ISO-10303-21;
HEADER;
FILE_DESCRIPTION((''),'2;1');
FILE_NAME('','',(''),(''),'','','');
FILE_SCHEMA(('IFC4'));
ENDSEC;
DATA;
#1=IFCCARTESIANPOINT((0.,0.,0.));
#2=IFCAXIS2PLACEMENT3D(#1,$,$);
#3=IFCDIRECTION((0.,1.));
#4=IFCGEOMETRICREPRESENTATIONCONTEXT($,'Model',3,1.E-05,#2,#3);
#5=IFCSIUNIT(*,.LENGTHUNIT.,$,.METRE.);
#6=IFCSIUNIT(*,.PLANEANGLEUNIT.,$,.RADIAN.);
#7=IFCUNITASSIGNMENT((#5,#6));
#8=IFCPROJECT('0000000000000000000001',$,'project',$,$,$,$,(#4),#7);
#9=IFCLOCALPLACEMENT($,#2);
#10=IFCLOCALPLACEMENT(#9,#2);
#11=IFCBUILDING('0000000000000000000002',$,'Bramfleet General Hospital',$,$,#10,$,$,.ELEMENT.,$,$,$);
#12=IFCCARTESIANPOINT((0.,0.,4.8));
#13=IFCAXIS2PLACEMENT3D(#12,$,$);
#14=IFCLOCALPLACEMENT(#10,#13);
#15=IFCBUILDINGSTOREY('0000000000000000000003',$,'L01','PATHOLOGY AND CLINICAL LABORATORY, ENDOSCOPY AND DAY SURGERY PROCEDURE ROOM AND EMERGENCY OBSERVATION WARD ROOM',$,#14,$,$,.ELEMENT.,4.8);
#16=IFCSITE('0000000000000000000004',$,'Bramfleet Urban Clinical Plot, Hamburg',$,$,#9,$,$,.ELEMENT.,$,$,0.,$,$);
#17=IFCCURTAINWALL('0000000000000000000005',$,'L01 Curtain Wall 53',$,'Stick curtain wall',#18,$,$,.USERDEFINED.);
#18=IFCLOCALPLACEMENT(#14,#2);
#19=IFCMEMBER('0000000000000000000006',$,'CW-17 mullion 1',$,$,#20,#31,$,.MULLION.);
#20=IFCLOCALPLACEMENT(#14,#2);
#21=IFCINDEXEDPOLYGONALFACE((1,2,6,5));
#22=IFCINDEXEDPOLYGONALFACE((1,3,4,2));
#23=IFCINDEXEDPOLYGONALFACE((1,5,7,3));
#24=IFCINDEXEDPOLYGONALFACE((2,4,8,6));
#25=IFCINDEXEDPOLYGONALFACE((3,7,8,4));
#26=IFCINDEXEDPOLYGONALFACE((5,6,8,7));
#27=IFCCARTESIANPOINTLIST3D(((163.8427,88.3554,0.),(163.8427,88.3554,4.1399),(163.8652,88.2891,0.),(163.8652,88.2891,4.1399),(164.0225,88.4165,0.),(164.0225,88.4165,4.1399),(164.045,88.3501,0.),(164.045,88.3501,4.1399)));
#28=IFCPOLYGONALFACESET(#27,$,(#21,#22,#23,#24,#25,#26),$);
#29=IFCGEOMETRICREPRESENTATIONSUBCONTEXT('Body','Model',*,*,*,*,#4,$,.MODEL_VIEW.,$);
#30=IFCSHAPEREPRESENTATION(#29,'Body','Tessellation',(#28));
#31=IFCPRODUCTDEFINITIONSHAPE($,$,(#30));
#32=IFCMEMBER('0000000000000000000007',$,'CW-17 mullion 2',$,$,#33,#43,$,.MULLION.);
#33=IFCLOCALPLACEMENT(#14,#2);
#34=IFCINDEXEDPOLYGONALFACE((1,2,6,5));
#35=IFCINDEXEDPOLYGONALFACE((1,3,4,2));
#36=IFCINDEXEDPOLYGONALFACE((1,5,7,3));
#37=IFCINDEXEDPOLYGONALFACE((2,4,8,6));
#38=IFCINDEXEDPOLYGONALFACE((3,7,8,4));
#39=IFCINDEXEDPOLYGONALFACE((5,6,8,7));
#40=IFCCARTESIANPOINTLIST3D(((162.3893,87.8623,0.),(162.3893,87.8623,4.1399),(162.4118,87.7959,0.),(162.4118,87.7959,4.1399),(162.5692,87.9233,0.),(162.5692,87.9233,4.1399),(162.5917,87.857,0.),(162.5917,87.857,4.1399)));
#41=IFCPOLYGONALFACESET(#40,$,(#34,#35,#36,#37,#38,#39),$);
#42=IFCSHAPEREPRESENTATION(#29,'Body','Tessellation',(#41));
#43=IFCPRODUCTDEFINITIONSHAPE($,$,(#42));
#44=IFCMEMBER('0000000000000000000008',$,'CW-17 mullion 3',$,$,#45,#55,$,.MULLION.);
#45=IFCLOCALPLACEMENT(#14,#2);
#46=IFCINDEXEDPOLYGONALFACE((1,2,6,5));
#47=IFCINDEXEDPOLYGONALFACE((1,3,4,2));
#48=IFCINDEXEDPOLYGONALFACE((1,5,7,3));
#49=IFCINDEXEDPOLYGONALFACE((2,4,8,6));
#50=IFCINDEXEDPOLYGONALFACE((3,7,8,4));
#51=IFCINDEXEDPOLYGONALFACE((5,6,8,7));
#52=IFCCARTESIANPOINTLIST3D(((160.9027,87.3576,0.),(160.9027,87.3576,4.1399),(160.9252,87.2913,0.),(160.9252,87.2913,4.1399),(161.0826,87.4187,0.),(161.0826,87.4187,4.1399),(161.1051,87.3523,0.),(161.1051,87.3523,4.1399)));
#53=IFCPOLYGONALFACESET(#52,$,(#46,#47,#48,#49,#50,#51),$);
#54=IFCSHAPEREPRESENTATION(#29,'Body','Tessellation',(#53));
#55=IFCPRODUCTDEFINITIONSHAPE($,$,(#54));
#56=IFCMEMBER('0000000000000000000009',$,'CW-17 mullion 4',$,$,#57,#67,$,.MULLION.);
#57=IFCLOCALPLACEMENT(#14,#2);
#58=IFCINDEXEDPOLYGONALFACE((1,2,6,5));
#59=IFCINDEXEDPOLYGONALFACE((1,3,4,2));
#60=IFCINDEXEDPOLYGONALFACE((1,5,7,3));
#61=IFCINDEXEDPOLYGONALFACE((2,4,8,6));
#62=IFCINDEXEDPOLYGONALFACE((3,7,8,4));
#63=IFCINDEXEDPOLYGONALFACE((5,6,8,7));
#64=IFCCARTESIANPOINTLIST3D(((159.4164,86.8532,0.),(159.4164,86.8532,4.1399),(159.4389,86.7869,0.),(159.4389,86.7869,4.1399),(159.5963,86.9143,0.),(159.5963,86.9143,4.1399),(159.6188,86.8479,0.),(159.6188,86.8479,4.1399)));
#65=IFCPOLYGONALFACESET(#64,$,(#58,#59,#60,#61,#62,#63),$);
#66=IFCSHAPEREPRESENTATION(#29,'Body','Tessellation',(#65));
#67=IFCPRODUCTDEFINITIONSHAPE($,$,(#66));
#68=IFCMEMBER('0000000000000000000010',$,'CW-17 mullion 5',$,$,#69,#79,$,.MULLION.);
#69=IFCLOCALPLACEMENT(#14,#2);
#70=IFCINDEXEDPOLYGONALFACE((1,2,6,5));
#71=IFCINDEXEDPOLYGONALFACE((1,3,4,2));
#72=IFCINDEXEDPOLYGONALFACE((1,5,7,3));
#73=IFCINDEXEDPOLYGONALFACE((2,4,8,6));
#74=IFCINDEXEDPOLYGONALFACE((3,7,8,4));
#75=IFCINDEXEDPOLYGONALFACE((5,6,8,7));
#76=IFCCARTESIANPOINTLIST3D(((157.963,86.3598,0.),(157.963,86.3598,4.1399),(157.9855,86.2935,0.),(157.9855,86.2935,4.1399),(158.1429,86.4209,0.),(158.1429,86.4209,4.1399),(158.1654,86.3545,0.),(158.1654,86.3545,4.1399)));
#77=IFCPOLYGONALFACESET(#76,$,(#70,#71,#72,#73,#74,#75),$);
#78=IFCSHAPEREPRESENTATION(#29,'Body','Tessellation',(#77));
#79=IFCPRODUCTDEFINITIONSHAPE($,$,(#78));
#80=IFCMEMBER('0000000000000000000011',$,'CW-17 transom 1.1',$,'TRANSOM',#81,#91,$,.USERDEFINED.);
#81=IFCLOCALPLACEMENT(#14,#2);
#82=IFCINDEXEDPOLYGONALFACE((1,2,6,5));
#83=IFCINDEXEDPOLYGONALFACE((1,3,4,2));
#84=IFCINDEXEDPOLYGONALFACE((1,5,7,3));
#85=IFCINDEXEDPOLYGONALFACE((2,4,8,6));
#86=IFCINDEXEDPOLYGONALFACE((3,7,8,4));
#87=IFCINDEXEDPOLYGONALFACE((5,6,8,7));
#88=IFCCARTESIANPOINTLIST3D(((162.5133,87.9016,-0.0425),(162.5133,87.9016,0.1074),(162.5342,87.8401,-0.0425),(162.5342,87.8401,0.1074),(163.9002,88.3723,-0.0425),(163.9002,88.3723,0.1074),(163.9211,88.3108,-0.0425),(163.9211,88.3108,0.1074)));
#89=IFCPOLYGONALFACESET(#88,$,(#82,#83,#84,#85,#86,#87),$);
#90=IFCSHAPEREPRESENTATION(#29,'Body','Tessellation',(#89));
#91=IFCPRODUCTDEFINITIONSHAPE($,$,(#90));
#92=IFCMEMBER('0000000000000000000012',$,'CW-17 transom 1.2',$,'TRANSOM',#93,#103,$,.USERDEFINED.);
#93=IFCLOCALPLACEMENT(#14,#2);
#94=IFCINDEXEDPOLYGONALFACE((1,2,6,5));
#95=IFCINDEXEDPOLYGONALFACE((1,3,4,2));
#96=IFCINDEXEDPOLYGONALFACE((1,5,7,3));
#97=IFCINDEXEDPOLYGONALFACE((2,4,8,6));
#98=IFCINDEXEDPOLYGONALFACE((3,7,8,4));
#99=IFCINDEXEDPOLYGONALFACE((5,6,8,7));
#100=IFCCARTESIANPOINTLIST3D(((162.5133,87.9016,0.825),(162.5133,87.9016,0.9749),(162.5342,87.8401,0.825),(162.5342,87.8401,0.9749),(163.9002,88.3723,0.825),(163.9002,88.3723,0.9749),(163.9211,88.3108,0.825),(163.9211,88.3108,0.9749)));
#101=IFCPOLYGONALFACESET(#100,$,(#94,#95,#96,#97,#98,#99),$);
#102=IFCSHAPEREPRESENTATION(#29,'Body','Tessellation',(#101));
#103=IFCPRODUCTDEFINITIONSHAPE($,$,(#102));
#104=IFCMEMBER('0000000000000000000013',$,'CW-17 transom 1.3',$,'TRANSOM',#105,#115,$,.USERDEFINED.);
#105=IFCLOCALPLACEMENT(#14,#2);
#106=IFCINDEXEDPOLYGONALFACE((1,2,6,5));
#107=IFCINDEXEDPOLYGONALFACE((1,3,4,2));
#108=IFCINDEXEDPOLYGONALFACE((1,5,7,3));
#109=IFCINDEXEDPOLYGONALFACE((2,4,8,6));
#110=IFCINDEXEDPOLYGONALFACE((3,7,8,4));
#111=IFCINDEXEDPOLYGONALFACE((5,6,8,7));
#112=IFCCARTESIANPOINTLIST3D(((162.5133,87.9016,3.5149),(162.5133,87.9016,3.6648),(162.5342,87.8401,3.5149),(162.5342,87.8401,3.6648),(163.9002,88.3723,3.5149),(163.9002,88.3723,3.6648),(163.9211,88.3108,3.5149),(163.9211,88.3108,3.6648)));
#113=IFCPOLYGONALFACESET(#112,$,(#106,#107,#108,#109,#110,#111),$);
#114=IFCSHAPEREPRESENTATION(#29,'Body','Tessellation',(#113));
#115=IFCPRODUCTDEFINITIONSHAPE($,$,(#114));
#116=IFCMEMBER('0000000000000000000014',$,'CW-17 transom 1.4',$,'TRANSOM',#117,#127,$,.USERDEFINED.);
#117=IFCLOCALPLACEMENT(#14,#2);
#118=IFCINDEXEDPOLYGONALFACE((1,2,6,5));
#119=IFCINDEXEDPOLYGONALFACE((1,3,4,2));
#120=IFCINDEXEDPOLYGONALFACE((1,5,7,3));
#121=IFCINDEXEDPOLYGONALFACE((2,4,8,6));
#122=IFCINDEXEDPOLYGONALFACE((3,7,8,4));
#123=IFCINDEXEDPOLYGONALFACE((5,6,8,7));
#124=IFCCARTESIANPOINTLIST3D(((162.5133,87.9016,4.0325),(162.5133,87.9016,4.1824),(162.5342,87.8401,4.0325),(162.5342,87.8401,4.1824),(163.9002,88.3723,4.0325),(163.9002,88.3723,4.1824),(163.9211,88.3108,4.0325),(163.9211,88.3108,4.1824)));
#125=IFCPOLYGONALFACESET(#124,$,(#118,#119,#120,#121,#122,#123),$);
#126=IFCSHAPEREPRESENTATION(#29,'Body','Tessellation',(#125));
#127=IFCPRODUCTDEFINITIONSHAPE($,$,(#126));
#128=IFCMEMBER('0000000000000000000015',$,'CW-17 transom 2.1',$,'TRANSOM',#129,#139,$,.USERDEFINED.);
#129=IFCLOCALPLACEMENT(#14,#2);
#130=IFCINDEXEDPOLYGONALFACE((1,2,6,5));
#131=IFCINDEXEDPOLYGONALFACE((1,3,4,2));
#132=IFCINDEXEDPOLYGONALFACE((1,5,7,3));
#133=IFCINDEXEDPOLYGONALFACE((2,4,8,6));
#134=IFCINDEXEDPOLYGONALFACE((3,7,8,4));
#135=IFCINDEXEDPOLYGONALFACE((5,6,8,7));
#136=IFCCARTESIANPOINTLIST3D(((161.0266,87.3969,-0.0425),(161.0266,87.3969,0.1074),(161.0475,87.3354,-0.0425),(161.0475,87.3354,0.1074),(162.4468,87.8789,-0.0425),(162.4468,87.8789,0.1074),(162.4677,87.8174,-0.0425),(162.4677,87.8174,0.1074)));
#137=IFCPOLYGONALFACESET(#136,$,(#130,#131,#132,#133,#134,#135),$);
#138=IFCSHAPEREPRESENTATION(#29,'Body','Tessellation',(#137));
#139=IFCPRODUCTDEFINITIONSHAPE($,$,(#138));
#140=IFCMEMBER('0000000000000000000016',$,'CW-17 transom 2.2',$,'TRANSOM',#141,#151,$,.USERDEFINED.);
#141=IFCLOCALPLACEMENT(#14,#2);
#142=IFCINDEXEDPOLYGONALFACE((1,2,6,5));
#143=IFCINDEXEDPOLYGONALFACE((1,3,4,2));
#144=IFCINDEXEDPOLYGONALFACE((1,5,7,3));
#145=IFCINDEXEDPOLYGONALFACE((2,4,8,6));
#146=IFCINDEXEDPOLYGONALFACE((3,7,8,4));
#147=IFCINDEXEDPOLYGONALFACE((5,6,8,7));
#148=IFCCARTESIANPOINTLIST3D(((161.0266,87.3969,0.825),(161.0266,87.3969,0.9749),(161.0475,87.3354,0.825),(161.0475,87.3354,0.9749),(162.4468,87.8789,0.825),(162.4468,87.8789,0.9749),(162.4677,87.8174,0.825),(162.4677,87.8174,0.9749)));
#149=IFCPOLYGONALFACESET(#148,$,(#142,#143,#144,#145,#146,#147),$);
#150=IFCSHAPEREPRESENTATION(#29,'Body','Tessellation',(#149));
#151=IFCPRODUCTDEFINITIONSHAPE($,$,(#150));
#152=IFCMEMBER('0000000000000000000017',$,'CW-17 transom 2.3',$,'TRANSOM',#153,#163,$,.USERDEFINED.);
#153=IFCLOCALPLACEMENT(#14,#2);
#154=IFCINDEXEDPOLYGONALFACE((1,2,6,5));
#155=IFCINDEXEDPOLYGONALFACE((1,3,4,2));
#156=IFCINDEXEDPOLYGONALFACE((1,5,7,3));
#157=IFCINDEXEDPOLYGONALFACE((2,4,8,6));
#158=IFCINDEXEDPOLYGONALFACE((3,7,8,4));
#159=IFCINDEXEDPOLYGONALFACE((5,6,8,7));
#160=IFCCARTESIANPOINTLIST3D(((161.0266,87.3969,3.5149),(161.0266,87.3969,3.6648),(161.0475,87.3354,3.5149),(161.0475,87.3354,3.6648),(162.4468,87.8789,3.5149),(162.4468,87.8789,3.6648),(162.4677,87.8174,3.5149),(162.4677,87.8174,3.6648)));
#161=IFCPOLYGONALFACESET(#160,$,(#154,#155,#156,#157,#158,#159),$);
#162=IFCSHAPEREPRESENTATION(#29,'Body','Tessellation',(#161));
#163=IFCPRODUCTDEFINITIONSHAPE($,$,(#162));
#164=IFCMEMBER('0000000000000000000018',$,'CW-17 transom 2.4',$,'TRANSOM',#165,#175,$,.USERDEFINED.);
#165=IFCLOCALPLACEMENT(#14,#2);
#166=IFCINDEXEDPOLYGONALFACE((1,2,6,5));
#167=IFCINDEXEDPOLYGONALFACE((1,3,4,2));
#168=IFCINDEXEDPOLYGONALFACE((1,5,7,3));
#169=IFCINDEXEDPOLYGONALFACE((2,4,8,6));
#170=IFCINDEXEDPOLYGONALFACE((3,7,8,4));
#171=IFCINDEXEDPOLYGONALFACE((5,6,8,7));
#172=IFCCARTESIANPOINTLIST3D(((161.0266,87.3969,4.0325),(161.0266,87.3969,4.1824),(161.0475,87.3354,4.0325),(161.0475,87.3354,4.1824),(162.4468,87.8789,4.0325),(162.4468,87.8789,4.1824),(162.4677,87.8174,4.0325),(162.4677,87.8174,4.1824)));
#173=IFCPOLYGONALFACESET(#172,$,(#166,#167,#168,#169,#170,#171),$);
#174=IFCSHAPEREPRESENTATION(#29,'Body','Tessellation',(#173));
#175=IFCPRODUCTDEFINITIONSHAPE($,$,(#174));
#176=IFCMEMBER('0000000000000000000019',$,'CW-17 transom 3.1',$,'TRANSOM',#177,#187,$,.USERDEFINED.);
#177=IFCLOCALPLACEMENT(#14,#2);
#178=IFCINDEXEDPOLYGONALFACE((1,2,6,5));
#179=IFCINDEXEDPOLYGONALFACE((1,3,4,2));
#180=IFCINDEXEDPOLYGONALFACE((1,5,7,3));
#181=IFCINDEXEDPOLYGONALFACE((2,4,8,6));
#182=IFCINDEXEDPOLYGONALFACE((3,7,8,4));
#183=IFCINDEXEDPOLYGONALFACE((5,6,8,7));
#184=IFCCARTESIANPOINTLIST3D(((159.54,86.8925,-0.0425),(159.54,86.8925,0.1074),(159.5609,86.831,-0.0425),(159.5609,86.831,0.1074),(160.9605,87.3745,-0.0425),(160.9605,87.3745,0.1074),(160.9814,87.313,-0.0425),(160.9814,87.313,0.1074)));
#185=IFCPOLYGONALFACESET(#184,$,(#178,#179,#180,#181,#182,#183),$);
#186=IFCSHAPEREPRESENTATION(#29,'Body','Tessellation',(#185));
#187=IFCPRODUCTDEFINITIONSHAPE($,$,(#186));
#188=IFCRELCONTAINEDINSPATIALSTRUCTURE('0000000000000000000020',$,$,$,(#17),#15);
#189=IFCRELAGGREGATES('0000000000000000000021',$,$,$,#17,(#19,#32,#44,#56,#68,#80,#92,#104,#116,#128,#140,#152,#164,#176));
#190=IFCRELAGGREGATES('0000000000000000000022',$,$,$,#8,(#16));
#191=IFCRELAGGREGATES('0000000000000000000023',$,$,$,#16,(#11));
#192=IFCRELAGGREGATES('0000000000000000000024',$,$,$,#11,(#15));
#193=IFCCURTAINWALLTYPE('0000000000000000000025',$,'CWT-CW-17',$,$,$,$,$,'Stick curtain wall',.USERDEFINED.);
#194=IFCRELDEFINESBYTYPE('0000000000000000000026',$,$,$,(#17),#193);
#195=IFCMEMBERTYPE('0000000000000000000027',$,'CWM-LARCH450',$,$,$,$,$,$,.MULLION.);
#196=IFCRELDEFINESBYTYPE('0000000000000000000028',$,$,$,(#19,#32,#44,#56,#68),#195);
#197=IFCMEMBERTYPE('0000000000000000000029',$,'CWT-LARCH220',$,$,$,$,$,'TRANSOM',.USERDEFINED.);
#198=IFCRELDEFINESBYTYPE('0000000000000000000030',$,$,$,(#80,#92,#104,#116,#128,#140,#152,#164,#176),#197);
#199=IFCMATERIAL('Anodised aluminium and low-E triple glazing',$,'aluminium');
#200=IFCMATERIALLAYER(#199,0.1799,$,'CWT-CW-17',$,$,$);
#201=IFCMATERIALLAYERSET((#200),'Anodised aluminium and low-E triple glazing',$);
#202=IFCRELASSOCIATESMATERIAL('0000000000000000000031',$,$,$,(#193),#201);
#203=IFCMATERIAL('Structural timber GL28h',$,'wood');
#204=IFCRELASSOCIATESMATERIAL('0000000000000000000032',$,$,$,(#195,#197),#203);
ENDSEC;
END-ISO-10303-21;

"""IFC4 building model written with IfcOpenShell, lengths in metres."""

from ifc_helpers import new_model, si_unit, direction, frame, origin, origin_2d, place, context, subcontext, project, spatial, rectangle, extrude, material, layer, layer_set, material_profile, profile_set, type_object, element, aggregate, save


model = new_model("IFC4")

# Units and contexts
model_context = context("Model", 3, precision=1e-05, world=origin(), true_north=direction((0.0, 1.0)))
body_context = subcontext(model_context, "Body", "Model", "MODEL_VIEW")
ifc_project = project(units=[si_unit("LENGTHUNIT", "METRE"), si_unit("PLANEANGLEUNIT", "RADIAN")], contexts=[model_context])

# Site, building, storey
site_placement = place(None, origin())
site = spatial("IfcSite", under=ifc_project, at=site_placement, Name="Bramfleet Urban Clinical Plot, Hamburg", CompositionType="ELEMENT", RefElevation=0.0)
building_placement = place(site_placement, origin())
building = spatial("IfcBuilding", under=site, at=building_placement, Name="Bramfleet General Hospital", CompositionType="ELEMENT")
storey_placement = place(building_placement, frame((0.0, 0.0, 4.8)))
storey = spatial("IfcBuildingStorey", under=building, at=storey_placement, Name="L01", Description="PATHOLOGY AND CLINICAL LABORATORY, ENDOSCOPY AND DAY SURGERY PROCEDURE ROOM AND EMERGENCY OBSERVATION WARD ROOM", CompositionType="ELEMENT", Elevation=4.8)

# Curtain wall, members
ifc_material_1 = material(Name="Anodised aluminium and low-E triple glazing", Category="aluminium")
ifc_layer_1 = layer(ifc_material_1, 0.1799, Name="CWT-CW-17")
ifc_layer_set_1 = layer_set([ifc_layer_1], Name="Anodised aluminium and low-E triple glazing")
curtain_wall_type = type_object("IfcCurtainWallType", Name="CWT-CW-17", ElementType="Stick curtain wall", PredefinedType="USERDEFINED", material=ifc_layer_set_1)
curtain_wall_placement = place(storey_placement, origin())
curtain_wall = element("IfcCurtainWall", 1, at=curtain_wall_placement, inside=storey, type_object=curtain_wall_type, Name="L01 Curtain Wall 53", ObjectType="Stick curtain wall", PredefinedType="USERDEFINED")
ifc_material_2 = material(Name="Structural timber GL28h", Category="wood")
ifc_material_profile_1 = material_profile(ifc_material_2, rectangle(XDim=0.0701, YDim=0.1899, at=origin_2d()), Name="LARCH 190x70")
ifc_profile_set_1 = profile_set([ifc_material_profile_1], Name="Structural timber GL28h")
member_type_1 = type_object("IfcMemberType", Name="CWM-LARCH450", PredefinedType="MULLION", material=ifc_profile_set_1)
member_1_placement = place(storey_placement, frame((163.9438, 88.3528, 0.0), z_axis=(0.0, 0.0, 1.0), x_axis=(0.321383, -0.946949, 0.0)))
member_1 = element("IfcMember", 2, at=member_1_placement, type_object=member_type_1, Name="CW-17 mullion 1", PredefinedType="MULLION", context=body_context, shape_type="SweptSolid", body=[
    extrude(rectangle(XDim=0.0701, YDim=0.1899, at=origin_2d()), origin(), (0.0, 0.0, 1.0), 4.1399),
])
member_2_placement = place(storey_placement, frame((162.4905, 87.8596, 0.0), z_axis=(0.0, 0.0, 1.0), x_axis=(0.321383, -0.946949, 0.0)))
member_2 = element("IfcMember", 3, at=member_2_placement, type_object=member_type_1, Name="CW-17 mullion 2", PredefinedType="MULLION", context=body_context, shape_type="SweptSolid", body=[
    extrude(rectangle(XDim=0.0701, YDim=0.1899, at=origin_2d()), origin(), (0.0, 0.0, 1.0), 4.1399),
])
member_3_placement = place(storey_placement, frame((161.0039, 87.355, 0.0), z_axis=(0.0, 0.0, 1.0), x_axis=(0.321383, -0.946949, 0.0)))
member_3 = element("IfcMember", 4, at=member_3_placement, type_object=member_type_1, Name="CW-17 mullion 3", PredefinedType="MULLION", context=body_context, shape_type="SweptSolid", body=[
    extrude(rectangle(XDim=0.0701, YDim=0.1899, at=origin_2d()), origin(), (0.0, 0.0, 1.0), 4.1399),
])
member_4_placement = place(storey_placement, frame((159.5176, 86.8506, 0.0), z_axis=(0.0, 0.0, 1.0), x_axis=(0.321383, -0.946949, 0.0)))
member_4 = element("IfcMember", 5, at=member_4_placement, type_object=member_type_1, Name="CW-17 mullion 4", PredefinedType="MULLION", context=body_context, shape_type="SweptSolid", body=[
    extrude(rectangle(XDim=0.0701, YDim=0.1899, at=origin_2d()), origin(), (0.0, 0.0, 1.0), 4.1399),
])
member_5_placement = place(storey_placement, frame((158.0642, 86.3572, 0.0), z_axis=(0.0, 0.0, 1.0), x_axis=(0.321383, -0.946949, 0.0)))
member_5 = element("IfcMember", 6, at=member_5_placement, type_object=member_type_1, Name="CW-17 mullion 5", PredefinedType="MULLION", context=body_context, shape_type="SweptSolid", body=[
    extrude(rectangle(XDim=0.0701, YDim=0.1899, at=origin_2d()), origin(), (0.0, 0.0, 1.0), 4.1399),
])
ifc_material_profile_2 = material_profile(ifc_material_2, rectangle(XDim=0.0649, YDim=0.1499, at=origin_2d()), Name="LARCH 150x65")
ifc_profile_set_2 = profile_set([ifc_material_profile_2], Name="Structural timber GL28h")
member_type_2 = type_object("IfcMemberType", Name="CWT-LARCH220", ElementType="TRANSOM", PredefinedType="USERDEFINED", material=ifc_profile_set_2)
member_6_placement = place(storey_placement, frame((163.9106, 88.3416, 0.0325), z_axis=(-0.946952, -0.321374, 0.0), x_axis=(0.321374, -0.946952, 0.0)))
member_6 = element("IfcMember", 7, at=member_6_placement, type_object=member_type_2, Name="CW-17 transom 1.1", ObjectType="TRANSOM", PredefinedType="USERDEFINED", context=body_context, shape_type="SweptSolid", body=[
    extrude(rectangle(XDim=0.0649, YDim=0.1499, at=origin_2d()), origin(), (0.0, 0.0, 1.0), 1.4646),
])
member_7_placement = place(storey_placement, frame((163.9106, 88.3416, 0.8999), z_axis=(-0.946952, -0.321374, 0.0), x_axis=(0.321374, -0.946952, 0.0)))
member_7 = element("IfcMember", 8, at=member_7_placement, type_object=member_type_2, Name="CW-17 transom 1.2", ObjectType="TRANSOM", PredefinedType="USERDEFINED", context=body_context, shape_type="SweptSolid", body=[
    extrude(rectangle(XDim=0.0649, YDim=0.1499, at=origin_2d()), origin(), (0.0, 0.0, 1.0), 1.4646),
])
member_8_placement = place(storey_placement, frame((163.9106, 88.3416, 3.5898), z_axis=(-0.946952, -0.321374, 0.0), x_axis=(0.321374, -0.946952, 0.0)))
member_8 = element("IfcMember", 9, at=member_8_placement, type_object=member_type_2, Name="CW-17 transom 1.3", ObjectType="TRANSOM", PredefinedType="USERDEFINED", context=body_context, shape_type="SweptSolid", body=[
    extrude(rectangle(XDim=0.0649, YDim=0.1499, at=origin_2d()), origin(), (0.0, 0.0, 1.0), 1.4646),
])
member_9_placement = place(storey_placement, frame((163.9106, 88.3416, 4.1074), z_axis=(-0.946952, -0.321374, 0.0), x_axis=(0.321374, -0.946952, 0.0)))
member_9 = element("IfcMember", 10, at=member_9_placement, type_object=member_type_2, Name="CW-17 transom 1.4", ObjectType="TRANSOM", PredefinedType="USERDEFINED", context=body_context, shape_type="SweptSolid", body=[
    extrude(rectangle(XDim=0.0649, YDim=0.1499, at=origin_2d()), origin(), (0.0, 0.0, 1.0), 1.4646),
])
member_10_placement = place(storey_placement, frame((162.4573, 87.8481, 0.0325), z_axis=(-0.94696, -0.321351, 0.0), x_axis=(0.321351, -0.94696, 0.0)))
member_10 = element("IfcMember", 11, at=member_10_placement, type_object=member_type_2, Name="CW-17 transom 2.1", ObjectType="TRANSOM", PredefinedType="USERDEFINED", context=body_context, shape_type="SweptSolid", body=[
    extrude(rectangle(XDim=0.0649, YDim=0.1499, at=origin_2d()), origin(), (0.0, 0.0, 1.0), 1.4998),
])
member_11_placement = place(storey_placement, frame((162.4573, 87.8481, 0.8999), z_axis=(-0.94696, -0.321351, 0.0), x_axis=(0.321351, -0.94696, 0.0)))
member_11 = element("IfcMember", 12, at=member_11_placement, type_object=member_type_2, Name="CW-17 transom 2.2", ObjectType="TRANSOM", PredefinedType="USERDEFINED", context=body_context, shape_type="SweptSolid", body=[
    extrude(rectangle(XDim=0.0649, YDim=0.1499, at=origin_2d()), origin(), (0.0, 0.0, 1.0), 1.4998),
])
member_12_placement = place(storey_placement, frame((162.4573, 87.8481, 3.5898), z_axis=(-0.94696, -0.321351, 0.0), x_axis=(0.321351, -0.94696, 0.0)))
member_12 = element("IfcMember", 13, at=member_12_placement, type_object=member_type_2, Name="CW-17 transom 2.3", ObjectType="TRANSOM", PredefinedType="USERDEFINED", context=body_context, shape_type="SweptSolid", body=[
    extrude(rectangle(XDim=0.0649, YDim=0.1499, at=origin_2d()), origin(), (0.0, 0.0, 1.0), 1.4998),
])
member_13_placement = place(storey_placement, frame((162.4573, 87.8481, 4.1074), z_axis=(-0.94696, -0.321351, 0.0), x_axis=(0.321351, -0.94696, 0.0)))
member_13 = element("IfcMember", 14, at=member_13_placement, type_object=member_type_2, Name="CW-17 transom 2.4", ObjectType="TRANSOM", PredefinedType="USERDEFINED", context=body_context, shape_type="SweptSolid", body=[
    extrude(rectangle(XDim=0.0649, YDim=0.1499, at=origin_2d()), origin(), (0.0, 0.0, 1.0), 1.4998),
])
member_14_placement = place(storey_placement, frame((160.9709, 87.3438, 0.0325), z_axis=(-0.946977, -0.321302, 0.0), x_axis=(0.321302, -0.946977, 0.0)))
member_14 = element("IfcMember", 15, at=member_14_placement, type_object=member_type_2, Name="CW-17 transom 3.1", ObjectType="TRANSOM", PredefinedType="USERDEFINED", context=body_context, shape_type="SweptSolid", body=[
    extrude(rectangle(XDim=0.0649, YDim=0.1499, at=origin_2d()), origin(), (0.0, 0.0, 1.0), 1.5),
])
aggregate(curtain_wall, [member_1, member_2, member_3, member_4, member_5, member_6, member_7, member_8, member_9, member_10, member_11, member_12, member_13, member_14])

save(model, "model.ifc")
